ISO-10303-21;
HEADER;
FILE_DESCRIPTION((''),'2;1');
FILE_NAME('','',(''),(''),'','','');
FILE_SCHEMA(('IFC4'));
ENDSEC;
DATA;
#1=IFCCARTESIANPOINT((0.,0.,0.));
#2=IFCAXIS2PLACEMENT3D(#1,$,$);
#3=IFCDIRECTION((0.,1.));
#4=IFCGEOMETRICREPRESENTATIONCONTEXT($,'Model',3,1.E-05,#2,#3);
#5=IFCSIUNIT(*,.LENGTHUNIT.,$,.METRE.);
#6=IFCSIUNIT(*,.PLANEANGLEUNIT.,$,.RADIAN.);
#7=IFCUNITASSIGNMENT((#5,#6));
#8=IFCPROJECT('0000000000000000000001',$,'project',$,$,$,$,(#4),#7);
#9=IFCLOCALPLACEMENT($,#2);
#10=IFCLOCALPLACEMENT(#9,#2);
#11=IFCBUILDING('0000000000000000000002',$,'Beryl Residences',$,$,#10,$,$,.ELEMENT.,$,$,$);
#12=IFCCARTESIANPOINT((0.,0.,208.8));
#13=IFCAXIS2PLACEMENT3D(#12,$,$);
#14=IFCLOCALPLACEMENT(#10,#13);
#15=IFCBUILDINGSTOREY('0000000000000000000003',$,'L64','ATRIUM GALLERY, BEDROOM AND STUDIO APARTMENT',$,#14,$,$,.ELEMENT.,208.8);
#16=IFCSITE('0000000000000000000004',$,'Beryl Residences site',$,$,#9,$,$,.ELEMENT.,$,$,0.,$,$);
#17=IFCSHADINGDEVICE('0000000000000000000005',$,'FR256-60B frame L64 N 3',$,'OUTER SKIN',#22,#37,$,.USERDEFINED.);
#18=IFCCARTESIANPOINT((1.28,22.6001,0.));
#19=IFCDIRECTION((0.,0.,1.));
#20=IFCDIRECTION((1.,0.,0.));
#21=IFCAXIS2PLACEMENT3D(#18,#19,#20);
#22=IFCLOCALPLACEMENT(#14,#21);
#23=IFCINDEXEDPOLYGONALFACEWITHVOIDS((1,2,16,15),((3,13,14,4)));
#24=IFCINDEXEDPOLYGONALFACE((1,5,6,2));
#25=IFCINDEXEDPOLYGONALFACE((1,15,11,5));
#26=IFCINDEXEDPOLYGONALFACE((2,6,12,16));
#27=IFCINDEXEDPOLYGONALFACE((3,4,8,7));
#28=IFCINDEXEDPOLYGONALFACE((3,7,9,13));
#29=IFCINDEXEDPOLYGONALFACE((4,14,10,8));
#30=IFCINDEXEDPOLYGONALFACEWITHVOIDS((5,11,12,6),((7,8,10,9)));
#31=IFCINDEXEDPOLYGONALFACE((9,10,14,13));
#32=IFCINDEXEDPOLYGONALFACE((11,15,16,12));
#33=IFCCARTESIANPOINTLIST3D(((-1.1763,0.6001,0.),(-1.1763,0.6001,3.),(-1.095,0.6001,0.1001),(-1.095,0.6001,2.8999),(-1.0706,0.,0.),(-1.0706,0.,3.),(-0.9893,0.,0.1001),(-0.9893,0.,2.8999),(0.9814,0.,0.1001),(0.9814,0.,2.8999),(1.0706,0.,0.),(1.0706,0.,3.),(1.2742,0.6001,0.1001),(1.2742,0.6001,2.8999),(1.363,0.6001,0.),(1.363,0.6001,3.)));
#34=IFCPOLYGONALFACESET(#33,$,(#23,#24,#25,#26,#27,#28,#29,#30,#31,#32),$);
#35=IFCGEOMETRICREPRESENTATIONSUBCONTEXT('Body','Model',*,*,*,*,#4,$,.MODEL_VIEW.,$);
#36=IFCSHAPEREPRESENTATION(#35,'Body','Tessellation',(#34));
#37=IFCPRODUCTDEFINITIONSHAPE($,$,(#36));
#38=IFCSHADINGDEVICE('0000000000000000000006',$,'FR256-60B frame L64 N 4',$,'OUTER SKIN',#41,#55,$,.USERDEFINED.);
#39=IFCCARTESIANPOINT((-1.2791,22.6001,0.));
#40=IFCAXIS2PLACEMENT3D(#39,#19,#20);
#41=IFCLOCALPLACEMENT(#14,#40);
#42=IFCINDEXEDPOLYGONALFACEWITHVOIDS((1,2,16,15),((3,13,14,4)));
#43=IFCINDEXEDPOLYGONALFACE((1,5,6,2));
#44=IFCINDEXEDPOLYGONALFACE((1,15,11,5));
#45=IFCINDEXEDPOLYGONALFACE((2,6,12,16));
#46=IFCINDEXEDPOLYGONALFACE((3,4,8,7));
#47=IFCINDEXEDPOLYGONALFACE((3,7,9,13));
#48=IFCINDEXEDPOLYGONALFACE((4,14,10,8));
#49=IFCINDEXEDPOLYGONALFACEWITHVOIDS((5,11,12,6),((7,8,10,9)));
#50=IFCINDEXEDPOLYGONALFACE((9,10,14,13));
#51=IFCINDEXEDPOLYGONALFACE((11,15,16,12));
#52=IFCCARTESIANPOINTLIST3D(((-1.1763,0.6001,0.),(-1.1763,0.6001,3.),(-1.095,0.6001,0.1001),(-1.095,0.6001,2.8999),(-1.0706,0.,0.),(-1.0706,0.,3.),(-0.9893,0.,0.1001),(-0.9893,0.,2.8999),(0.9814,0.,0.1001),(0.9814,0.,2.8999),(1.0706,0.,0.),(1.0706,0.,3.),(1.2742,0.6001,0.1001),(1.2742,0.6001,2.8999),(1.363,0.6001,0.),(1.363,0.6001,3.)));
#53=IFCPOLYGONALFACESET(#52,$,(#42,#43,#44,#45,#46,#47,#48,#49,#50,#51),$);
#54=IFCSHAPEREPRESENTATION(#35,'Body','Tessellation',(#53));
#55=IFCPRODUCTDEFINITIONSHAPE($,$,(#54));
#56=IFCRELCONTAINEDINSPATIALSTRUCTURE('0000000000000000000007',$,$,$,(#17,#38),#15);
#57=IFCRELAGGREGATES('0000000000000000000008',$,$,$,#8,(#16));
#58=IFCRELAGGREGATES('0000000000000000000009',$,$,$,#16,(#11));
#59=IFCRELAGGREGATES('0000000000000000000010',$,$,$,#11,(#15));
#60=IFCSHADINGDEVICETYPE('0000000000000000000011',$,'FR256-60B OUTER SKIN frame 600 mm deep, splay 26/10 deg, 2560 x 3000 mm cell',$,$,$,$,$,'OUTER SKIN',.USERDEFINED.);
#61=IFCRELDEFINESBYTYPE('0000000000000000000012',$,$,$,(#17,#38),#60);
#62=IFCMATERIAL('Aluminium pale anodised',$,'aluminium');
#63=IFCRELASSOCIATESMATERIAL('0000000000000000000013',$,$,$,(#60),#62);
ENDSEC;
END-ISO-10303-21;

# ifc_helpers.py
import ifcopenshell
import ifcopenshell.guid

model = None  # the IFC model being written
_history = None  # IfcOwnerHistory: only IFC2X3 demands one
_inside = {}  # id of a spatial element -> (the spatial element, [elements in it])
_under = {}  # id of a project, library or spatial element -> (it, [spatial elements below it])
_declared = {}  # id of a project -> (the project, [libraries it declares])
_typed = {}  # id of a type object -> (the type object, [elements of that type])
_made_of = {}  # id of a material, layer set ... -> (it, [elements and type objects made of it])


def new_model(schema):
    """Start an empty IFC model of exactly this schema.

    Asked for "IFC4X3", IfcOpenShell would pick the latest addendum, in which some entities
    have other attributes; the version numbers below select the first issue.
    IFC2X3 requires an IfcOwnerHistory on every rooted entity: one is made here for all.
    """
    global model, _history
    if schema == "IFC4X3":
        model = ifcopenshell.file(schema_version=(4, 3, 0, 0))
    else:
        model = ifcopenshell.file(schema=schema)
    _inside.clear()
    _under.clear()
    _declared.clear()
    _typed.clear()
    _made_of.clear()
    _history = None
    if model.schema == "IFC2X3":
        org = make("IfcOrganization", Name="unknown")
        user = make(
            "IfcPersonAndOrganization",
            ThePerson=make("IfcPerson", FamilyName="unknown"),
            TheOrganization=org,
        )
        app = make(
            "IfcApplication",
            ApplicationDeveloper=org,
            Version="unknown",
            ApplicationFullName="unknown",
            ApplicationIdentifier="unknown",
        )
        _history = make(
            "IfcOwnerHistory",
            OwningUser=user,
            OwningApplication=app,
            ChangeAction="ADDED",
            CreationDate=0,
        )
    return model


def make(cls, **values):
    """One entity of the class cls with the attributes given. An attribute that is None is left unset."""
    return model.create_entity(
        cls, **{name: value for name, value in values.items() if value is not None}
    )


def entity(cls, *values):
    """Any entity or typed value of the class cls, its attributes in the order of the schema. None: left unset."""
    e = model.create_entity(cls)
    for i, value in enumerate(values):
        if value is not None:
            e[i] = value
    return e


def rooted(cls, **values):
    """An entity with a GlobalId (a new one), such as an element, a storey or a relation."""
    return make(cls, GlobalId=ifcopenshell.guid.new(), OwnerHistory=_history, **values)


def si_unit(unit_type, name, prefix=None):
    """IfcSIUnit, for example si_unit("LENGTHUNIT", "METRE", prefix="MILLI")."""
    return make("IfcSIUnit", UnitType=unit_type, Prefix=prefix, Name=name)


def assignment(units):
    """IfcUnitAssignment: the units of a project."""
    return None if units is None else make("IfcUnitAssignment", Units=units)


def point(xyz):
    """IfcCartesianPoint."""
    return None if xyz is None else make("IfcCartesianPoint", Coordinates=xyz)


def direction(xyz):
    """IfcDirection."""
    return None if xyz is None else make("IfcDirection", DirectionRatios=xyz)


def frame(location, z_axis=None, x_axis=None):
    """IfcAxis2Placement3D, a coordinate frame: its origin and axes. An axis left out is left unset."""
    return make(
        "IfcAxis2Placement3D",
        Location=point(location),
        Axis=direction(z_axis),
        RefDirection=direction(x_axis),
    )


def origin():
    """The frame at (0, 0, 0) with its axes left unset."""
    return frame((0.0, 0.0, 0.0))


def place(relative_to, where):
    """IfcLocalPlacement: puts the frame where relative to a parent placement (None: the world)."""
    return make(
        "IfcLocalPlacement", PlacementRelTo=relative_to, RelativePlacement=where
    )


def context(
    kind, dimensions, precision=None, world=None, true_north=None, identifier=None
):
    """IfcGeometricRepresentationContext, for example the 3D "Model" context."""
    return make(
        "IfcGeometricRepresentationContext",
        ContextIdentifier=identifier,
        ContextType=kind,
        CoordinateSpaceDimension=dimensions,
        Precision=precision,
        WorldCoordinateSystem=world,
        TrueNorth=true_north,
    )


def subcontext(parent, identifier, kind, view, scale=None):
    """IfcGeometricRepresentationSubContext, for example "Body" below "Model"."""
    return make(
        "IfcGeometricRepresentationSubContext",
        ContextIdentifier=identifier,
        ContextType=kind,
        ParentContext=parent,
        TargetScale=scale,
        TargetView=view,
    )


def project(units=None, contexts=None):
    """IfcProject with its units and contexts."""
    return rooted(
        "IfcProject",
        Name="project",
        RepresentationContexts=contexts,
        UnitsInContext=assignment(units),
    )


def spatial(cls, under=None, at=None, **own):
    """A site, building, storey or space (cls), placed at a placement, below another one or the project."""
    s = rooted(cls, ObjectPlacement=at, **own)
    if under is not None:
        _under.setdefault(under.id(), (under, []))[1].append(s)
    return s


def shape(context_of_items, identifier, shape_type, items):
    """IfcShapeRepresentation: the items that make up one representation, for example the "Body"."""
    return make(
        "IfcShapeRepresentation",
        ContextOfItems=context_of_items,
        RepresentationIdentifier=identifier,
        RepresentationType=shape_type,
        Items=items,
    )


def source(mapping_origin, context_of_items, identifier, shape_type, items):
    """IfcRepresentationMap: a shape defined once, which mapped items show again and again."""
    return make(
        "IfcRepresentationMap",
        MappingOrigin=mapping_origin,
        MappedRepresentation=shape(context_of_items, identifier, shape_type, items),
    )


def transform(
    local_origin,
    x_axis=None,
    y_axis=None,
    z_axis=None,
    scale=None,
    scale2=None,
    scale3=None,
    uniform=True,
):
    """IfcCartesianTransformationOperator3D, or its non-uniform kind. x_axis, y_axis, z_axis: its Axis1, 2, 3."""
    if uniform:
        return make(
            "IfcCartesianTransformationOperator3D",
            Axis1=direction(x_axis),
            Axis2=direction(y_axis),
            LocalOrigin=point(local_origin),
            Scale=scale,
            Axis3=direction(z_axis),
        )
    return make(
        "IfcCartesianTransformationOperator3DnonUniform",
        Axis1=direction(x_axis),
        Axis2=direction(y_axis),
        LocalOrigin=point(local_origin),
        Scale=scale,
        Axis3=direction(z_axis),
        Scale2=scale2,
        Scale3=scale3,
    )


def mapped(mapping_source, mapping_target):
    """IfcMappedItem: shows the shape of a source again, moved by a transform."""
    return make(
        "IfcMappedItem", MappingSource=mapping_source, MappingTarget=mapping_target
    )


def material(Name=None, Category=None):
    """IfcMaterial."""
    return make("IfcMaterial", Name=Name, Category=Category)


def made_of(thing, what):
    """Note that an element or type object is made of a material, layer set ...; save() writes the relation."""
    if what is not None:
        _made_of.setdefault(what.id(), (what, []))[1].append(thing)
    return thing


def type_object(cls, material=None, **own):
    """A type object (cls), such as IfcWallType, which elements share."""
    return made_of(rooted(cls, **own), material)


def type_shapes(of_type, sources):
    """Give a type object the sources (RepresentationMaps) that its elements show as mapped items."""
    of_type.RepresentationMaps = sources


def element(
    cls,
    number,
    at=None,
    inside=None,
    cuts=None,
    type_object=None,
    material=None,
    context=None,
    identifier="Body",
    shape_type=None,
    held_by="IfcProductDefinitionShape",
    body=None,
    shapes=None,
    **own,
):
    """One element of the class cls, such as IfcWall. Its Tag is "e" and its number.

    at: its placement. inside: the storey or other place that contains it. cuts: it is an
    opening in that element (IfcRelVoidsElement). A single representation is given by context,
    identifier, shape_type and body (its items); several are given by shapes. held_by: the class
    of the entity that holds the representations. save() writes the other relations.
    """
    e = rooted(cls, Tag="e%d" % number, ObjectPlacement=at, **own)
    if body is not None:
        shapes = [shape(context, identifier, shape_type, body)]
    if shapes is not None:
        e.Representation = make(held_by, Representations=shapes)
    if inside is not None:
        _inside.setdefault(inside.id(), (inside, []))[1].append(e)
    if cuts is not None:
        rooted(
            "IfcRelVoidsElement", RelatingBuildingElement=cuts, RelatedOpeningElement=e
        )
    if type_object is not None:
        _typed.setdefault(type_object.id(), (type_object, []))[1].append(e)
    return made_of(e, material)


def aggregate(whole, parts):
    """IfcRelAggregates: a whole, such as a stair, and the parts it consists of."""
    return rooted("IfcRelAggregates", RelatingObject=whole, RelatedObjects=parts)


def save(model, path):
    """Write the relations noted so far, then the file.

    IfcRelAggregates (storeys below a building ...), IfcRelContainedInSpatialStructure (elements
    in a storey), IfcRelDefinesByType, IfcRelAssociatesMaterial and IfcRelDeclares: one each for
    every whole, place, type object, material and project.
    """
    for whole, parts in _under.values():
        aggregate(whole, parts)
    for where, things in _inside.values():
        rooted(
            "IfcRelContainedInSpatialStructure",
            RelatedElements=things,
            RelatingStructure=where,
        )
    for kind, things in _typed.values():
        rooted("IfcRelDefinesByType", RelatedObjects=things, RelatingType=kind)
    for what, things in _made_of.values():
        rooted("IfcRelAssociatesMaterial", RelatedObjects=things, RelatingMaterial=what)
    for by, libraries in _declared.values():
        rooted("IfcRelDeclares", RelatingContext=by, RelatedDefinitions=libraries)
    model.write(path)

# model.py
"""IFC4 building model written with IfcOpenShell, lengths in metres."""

from ifc_helpers import new_model, entity, si_unit, direction, frame, origin, place, context, subcontext, project, spatial, source, transform, mapped, material, type_object, type_shapes, element, save


model = new_model("IFC4")

# Units and contexts
model_context = context("Model", 3, precision=1e-05, world=origin(), true_north=direction((0.0, 1.0)))
body_context = subcontext(model_context, "Body", "Model", "MODEL_VIEW")
ifc_project = project(units=[si_unit("LENGTHUNIT", "METRE"), si_unit("PLANEANGLEUNIT", "RADIAN")], contexts=[model_context])

# Site, building, storey
site_placement = place(None, origin())
site = spatial("IfcSite", under=ifc_project, at=site_placement, Name="Beryl Residences site", CompositionType="ELEMENT", RefElevation=0.0)
building_placement = place(site_placement, origin())
building = spatial("IfcBuilding", under=site, at=building_placement, Name="Beryl Residences", CompositionType="ELEMENT")
storey_placement = place(building_placement, frame((0.0, 0.0, 208.8)))
storey = spatial("IfcBuildingStorey", under=building, at=storey_placement, Name="L64", Description="ATRIUM GALLERY, BEDROOM AND STUDIO APARTMENT", CompositionType="ELEMENT", Elevation=208.8)

# Shading devices
ifc_material_1 = material(Name="Aluminium pale anodised", Category="aluminium")
shading_device_type = type_object("IfcShadingDeviceType", Name="FR256-60B OUTER SKIN frame 600 mm deep, splay 26/10 deg, 2560 x 3000 mm cell", ElementType="OUTER SKIN", PredefinedType="USERDEFINED", material=ifc_material_1)
cartesian_point_1 = entity("IfcCartesianPoint", [-1.0706, 0.0])
cartesian_point_2 = entity("IfcCartesianPoint", [-0.9814, 0.1001])
cartesian_point_3 = entity("IfcCartesianPoint", [-1.363, 0.0])
cartesian_point_4 = entity("IfcCartesianPoint", [-1.2742, 0.1001])
shared_shape = source(origin(), body_context, "Body", "SweptSolid", [
    entity("IfcExtrudedAreaSolidTapered", entity("IfcArbitraryProfileDefWithVoids", "AREA", None, entity("IfcPolyline", [cartesian_point_1, entity("IfcCartesianPoint", [1.0706, 0.0]), entity("IfcCartesianPoint", [1.0706, 3.0]), entity("IfcCartesianPoint", [-1.0706, 3.0]), cartesian_point_1]), [entity("IfcPolyline", [cartesian_point_2, entity("IfcCartesianPoint", [0.9893, 0.1001]), entity("IfcCartesianPoint", [0.9893, 2.8999]), entity("IfcCartesianPoint", [-0.9814, 2.8999]), cartesian_point_2])]), entity("IfcAxis2Placement3D", entity("IfcCartesianPoint", [0.0, 0.0, 0.0]), entity("IfcDirection", [0.0, 1.0, 0.0]), entity("IfcDirection", [-1.0, 0.0, 0.0])), entity("IfcDirection", [0.0, 0.0, 1.0]), 0.6001, entity("IfcArbitraryProfileDefWithVoids", "AREA", None, entity("IfcPolyline", [cartesian_point_3, entity("IfcCartesianPoint", [1.1763, 0.0]), entity("IfcCartesianPoint", [1.1763, 3.0]), entity("IfcCartesianPoint", [-1.363, 3.0]), cartesian_point_3]), [entity("IfcPolyline", [cartesian_point_4, entity("IfcCartesianPoint", [1.095, 0.1001]), entity("IfcCartesianPoint", [1.095, 2.8999]), entity("IfcCartesianPoint", [-1.2742, 2.8999]), cartesian_point_4])])),
])
type_shapes(shading_device_type, [shared_shape])
for number, where, z_axis, x_axis, name in (
    (1, (1.28, 22.6001, 0.0), (0.0, 0.0, 1.0), (1.0, 0.0, 0.0), "FR256-60B frame L64 N 3"),
    (2, (-1.2791, 22.6001, 0.0), (0.0, 0.0, 1.0), (1.0, 0.0, 0.0), "FR256-60B frame L64 N 4"),
):
    element("IfcShadingDevice", number, at=place(storey_placement, frame(where, z_axis=z_axis, x_axis=x_axis)), inside=storey, type_object=shading_device_type, Name=name, ObjectType="OUTER SKIN", PredefinedType="USERDEFINED", context=body_context, shape_type="MappedRepresentation", body=[
        mapped(shared_shape, transform((0.0, 0.0, 0.0))),
    ])

save(model, "model.ifc")
